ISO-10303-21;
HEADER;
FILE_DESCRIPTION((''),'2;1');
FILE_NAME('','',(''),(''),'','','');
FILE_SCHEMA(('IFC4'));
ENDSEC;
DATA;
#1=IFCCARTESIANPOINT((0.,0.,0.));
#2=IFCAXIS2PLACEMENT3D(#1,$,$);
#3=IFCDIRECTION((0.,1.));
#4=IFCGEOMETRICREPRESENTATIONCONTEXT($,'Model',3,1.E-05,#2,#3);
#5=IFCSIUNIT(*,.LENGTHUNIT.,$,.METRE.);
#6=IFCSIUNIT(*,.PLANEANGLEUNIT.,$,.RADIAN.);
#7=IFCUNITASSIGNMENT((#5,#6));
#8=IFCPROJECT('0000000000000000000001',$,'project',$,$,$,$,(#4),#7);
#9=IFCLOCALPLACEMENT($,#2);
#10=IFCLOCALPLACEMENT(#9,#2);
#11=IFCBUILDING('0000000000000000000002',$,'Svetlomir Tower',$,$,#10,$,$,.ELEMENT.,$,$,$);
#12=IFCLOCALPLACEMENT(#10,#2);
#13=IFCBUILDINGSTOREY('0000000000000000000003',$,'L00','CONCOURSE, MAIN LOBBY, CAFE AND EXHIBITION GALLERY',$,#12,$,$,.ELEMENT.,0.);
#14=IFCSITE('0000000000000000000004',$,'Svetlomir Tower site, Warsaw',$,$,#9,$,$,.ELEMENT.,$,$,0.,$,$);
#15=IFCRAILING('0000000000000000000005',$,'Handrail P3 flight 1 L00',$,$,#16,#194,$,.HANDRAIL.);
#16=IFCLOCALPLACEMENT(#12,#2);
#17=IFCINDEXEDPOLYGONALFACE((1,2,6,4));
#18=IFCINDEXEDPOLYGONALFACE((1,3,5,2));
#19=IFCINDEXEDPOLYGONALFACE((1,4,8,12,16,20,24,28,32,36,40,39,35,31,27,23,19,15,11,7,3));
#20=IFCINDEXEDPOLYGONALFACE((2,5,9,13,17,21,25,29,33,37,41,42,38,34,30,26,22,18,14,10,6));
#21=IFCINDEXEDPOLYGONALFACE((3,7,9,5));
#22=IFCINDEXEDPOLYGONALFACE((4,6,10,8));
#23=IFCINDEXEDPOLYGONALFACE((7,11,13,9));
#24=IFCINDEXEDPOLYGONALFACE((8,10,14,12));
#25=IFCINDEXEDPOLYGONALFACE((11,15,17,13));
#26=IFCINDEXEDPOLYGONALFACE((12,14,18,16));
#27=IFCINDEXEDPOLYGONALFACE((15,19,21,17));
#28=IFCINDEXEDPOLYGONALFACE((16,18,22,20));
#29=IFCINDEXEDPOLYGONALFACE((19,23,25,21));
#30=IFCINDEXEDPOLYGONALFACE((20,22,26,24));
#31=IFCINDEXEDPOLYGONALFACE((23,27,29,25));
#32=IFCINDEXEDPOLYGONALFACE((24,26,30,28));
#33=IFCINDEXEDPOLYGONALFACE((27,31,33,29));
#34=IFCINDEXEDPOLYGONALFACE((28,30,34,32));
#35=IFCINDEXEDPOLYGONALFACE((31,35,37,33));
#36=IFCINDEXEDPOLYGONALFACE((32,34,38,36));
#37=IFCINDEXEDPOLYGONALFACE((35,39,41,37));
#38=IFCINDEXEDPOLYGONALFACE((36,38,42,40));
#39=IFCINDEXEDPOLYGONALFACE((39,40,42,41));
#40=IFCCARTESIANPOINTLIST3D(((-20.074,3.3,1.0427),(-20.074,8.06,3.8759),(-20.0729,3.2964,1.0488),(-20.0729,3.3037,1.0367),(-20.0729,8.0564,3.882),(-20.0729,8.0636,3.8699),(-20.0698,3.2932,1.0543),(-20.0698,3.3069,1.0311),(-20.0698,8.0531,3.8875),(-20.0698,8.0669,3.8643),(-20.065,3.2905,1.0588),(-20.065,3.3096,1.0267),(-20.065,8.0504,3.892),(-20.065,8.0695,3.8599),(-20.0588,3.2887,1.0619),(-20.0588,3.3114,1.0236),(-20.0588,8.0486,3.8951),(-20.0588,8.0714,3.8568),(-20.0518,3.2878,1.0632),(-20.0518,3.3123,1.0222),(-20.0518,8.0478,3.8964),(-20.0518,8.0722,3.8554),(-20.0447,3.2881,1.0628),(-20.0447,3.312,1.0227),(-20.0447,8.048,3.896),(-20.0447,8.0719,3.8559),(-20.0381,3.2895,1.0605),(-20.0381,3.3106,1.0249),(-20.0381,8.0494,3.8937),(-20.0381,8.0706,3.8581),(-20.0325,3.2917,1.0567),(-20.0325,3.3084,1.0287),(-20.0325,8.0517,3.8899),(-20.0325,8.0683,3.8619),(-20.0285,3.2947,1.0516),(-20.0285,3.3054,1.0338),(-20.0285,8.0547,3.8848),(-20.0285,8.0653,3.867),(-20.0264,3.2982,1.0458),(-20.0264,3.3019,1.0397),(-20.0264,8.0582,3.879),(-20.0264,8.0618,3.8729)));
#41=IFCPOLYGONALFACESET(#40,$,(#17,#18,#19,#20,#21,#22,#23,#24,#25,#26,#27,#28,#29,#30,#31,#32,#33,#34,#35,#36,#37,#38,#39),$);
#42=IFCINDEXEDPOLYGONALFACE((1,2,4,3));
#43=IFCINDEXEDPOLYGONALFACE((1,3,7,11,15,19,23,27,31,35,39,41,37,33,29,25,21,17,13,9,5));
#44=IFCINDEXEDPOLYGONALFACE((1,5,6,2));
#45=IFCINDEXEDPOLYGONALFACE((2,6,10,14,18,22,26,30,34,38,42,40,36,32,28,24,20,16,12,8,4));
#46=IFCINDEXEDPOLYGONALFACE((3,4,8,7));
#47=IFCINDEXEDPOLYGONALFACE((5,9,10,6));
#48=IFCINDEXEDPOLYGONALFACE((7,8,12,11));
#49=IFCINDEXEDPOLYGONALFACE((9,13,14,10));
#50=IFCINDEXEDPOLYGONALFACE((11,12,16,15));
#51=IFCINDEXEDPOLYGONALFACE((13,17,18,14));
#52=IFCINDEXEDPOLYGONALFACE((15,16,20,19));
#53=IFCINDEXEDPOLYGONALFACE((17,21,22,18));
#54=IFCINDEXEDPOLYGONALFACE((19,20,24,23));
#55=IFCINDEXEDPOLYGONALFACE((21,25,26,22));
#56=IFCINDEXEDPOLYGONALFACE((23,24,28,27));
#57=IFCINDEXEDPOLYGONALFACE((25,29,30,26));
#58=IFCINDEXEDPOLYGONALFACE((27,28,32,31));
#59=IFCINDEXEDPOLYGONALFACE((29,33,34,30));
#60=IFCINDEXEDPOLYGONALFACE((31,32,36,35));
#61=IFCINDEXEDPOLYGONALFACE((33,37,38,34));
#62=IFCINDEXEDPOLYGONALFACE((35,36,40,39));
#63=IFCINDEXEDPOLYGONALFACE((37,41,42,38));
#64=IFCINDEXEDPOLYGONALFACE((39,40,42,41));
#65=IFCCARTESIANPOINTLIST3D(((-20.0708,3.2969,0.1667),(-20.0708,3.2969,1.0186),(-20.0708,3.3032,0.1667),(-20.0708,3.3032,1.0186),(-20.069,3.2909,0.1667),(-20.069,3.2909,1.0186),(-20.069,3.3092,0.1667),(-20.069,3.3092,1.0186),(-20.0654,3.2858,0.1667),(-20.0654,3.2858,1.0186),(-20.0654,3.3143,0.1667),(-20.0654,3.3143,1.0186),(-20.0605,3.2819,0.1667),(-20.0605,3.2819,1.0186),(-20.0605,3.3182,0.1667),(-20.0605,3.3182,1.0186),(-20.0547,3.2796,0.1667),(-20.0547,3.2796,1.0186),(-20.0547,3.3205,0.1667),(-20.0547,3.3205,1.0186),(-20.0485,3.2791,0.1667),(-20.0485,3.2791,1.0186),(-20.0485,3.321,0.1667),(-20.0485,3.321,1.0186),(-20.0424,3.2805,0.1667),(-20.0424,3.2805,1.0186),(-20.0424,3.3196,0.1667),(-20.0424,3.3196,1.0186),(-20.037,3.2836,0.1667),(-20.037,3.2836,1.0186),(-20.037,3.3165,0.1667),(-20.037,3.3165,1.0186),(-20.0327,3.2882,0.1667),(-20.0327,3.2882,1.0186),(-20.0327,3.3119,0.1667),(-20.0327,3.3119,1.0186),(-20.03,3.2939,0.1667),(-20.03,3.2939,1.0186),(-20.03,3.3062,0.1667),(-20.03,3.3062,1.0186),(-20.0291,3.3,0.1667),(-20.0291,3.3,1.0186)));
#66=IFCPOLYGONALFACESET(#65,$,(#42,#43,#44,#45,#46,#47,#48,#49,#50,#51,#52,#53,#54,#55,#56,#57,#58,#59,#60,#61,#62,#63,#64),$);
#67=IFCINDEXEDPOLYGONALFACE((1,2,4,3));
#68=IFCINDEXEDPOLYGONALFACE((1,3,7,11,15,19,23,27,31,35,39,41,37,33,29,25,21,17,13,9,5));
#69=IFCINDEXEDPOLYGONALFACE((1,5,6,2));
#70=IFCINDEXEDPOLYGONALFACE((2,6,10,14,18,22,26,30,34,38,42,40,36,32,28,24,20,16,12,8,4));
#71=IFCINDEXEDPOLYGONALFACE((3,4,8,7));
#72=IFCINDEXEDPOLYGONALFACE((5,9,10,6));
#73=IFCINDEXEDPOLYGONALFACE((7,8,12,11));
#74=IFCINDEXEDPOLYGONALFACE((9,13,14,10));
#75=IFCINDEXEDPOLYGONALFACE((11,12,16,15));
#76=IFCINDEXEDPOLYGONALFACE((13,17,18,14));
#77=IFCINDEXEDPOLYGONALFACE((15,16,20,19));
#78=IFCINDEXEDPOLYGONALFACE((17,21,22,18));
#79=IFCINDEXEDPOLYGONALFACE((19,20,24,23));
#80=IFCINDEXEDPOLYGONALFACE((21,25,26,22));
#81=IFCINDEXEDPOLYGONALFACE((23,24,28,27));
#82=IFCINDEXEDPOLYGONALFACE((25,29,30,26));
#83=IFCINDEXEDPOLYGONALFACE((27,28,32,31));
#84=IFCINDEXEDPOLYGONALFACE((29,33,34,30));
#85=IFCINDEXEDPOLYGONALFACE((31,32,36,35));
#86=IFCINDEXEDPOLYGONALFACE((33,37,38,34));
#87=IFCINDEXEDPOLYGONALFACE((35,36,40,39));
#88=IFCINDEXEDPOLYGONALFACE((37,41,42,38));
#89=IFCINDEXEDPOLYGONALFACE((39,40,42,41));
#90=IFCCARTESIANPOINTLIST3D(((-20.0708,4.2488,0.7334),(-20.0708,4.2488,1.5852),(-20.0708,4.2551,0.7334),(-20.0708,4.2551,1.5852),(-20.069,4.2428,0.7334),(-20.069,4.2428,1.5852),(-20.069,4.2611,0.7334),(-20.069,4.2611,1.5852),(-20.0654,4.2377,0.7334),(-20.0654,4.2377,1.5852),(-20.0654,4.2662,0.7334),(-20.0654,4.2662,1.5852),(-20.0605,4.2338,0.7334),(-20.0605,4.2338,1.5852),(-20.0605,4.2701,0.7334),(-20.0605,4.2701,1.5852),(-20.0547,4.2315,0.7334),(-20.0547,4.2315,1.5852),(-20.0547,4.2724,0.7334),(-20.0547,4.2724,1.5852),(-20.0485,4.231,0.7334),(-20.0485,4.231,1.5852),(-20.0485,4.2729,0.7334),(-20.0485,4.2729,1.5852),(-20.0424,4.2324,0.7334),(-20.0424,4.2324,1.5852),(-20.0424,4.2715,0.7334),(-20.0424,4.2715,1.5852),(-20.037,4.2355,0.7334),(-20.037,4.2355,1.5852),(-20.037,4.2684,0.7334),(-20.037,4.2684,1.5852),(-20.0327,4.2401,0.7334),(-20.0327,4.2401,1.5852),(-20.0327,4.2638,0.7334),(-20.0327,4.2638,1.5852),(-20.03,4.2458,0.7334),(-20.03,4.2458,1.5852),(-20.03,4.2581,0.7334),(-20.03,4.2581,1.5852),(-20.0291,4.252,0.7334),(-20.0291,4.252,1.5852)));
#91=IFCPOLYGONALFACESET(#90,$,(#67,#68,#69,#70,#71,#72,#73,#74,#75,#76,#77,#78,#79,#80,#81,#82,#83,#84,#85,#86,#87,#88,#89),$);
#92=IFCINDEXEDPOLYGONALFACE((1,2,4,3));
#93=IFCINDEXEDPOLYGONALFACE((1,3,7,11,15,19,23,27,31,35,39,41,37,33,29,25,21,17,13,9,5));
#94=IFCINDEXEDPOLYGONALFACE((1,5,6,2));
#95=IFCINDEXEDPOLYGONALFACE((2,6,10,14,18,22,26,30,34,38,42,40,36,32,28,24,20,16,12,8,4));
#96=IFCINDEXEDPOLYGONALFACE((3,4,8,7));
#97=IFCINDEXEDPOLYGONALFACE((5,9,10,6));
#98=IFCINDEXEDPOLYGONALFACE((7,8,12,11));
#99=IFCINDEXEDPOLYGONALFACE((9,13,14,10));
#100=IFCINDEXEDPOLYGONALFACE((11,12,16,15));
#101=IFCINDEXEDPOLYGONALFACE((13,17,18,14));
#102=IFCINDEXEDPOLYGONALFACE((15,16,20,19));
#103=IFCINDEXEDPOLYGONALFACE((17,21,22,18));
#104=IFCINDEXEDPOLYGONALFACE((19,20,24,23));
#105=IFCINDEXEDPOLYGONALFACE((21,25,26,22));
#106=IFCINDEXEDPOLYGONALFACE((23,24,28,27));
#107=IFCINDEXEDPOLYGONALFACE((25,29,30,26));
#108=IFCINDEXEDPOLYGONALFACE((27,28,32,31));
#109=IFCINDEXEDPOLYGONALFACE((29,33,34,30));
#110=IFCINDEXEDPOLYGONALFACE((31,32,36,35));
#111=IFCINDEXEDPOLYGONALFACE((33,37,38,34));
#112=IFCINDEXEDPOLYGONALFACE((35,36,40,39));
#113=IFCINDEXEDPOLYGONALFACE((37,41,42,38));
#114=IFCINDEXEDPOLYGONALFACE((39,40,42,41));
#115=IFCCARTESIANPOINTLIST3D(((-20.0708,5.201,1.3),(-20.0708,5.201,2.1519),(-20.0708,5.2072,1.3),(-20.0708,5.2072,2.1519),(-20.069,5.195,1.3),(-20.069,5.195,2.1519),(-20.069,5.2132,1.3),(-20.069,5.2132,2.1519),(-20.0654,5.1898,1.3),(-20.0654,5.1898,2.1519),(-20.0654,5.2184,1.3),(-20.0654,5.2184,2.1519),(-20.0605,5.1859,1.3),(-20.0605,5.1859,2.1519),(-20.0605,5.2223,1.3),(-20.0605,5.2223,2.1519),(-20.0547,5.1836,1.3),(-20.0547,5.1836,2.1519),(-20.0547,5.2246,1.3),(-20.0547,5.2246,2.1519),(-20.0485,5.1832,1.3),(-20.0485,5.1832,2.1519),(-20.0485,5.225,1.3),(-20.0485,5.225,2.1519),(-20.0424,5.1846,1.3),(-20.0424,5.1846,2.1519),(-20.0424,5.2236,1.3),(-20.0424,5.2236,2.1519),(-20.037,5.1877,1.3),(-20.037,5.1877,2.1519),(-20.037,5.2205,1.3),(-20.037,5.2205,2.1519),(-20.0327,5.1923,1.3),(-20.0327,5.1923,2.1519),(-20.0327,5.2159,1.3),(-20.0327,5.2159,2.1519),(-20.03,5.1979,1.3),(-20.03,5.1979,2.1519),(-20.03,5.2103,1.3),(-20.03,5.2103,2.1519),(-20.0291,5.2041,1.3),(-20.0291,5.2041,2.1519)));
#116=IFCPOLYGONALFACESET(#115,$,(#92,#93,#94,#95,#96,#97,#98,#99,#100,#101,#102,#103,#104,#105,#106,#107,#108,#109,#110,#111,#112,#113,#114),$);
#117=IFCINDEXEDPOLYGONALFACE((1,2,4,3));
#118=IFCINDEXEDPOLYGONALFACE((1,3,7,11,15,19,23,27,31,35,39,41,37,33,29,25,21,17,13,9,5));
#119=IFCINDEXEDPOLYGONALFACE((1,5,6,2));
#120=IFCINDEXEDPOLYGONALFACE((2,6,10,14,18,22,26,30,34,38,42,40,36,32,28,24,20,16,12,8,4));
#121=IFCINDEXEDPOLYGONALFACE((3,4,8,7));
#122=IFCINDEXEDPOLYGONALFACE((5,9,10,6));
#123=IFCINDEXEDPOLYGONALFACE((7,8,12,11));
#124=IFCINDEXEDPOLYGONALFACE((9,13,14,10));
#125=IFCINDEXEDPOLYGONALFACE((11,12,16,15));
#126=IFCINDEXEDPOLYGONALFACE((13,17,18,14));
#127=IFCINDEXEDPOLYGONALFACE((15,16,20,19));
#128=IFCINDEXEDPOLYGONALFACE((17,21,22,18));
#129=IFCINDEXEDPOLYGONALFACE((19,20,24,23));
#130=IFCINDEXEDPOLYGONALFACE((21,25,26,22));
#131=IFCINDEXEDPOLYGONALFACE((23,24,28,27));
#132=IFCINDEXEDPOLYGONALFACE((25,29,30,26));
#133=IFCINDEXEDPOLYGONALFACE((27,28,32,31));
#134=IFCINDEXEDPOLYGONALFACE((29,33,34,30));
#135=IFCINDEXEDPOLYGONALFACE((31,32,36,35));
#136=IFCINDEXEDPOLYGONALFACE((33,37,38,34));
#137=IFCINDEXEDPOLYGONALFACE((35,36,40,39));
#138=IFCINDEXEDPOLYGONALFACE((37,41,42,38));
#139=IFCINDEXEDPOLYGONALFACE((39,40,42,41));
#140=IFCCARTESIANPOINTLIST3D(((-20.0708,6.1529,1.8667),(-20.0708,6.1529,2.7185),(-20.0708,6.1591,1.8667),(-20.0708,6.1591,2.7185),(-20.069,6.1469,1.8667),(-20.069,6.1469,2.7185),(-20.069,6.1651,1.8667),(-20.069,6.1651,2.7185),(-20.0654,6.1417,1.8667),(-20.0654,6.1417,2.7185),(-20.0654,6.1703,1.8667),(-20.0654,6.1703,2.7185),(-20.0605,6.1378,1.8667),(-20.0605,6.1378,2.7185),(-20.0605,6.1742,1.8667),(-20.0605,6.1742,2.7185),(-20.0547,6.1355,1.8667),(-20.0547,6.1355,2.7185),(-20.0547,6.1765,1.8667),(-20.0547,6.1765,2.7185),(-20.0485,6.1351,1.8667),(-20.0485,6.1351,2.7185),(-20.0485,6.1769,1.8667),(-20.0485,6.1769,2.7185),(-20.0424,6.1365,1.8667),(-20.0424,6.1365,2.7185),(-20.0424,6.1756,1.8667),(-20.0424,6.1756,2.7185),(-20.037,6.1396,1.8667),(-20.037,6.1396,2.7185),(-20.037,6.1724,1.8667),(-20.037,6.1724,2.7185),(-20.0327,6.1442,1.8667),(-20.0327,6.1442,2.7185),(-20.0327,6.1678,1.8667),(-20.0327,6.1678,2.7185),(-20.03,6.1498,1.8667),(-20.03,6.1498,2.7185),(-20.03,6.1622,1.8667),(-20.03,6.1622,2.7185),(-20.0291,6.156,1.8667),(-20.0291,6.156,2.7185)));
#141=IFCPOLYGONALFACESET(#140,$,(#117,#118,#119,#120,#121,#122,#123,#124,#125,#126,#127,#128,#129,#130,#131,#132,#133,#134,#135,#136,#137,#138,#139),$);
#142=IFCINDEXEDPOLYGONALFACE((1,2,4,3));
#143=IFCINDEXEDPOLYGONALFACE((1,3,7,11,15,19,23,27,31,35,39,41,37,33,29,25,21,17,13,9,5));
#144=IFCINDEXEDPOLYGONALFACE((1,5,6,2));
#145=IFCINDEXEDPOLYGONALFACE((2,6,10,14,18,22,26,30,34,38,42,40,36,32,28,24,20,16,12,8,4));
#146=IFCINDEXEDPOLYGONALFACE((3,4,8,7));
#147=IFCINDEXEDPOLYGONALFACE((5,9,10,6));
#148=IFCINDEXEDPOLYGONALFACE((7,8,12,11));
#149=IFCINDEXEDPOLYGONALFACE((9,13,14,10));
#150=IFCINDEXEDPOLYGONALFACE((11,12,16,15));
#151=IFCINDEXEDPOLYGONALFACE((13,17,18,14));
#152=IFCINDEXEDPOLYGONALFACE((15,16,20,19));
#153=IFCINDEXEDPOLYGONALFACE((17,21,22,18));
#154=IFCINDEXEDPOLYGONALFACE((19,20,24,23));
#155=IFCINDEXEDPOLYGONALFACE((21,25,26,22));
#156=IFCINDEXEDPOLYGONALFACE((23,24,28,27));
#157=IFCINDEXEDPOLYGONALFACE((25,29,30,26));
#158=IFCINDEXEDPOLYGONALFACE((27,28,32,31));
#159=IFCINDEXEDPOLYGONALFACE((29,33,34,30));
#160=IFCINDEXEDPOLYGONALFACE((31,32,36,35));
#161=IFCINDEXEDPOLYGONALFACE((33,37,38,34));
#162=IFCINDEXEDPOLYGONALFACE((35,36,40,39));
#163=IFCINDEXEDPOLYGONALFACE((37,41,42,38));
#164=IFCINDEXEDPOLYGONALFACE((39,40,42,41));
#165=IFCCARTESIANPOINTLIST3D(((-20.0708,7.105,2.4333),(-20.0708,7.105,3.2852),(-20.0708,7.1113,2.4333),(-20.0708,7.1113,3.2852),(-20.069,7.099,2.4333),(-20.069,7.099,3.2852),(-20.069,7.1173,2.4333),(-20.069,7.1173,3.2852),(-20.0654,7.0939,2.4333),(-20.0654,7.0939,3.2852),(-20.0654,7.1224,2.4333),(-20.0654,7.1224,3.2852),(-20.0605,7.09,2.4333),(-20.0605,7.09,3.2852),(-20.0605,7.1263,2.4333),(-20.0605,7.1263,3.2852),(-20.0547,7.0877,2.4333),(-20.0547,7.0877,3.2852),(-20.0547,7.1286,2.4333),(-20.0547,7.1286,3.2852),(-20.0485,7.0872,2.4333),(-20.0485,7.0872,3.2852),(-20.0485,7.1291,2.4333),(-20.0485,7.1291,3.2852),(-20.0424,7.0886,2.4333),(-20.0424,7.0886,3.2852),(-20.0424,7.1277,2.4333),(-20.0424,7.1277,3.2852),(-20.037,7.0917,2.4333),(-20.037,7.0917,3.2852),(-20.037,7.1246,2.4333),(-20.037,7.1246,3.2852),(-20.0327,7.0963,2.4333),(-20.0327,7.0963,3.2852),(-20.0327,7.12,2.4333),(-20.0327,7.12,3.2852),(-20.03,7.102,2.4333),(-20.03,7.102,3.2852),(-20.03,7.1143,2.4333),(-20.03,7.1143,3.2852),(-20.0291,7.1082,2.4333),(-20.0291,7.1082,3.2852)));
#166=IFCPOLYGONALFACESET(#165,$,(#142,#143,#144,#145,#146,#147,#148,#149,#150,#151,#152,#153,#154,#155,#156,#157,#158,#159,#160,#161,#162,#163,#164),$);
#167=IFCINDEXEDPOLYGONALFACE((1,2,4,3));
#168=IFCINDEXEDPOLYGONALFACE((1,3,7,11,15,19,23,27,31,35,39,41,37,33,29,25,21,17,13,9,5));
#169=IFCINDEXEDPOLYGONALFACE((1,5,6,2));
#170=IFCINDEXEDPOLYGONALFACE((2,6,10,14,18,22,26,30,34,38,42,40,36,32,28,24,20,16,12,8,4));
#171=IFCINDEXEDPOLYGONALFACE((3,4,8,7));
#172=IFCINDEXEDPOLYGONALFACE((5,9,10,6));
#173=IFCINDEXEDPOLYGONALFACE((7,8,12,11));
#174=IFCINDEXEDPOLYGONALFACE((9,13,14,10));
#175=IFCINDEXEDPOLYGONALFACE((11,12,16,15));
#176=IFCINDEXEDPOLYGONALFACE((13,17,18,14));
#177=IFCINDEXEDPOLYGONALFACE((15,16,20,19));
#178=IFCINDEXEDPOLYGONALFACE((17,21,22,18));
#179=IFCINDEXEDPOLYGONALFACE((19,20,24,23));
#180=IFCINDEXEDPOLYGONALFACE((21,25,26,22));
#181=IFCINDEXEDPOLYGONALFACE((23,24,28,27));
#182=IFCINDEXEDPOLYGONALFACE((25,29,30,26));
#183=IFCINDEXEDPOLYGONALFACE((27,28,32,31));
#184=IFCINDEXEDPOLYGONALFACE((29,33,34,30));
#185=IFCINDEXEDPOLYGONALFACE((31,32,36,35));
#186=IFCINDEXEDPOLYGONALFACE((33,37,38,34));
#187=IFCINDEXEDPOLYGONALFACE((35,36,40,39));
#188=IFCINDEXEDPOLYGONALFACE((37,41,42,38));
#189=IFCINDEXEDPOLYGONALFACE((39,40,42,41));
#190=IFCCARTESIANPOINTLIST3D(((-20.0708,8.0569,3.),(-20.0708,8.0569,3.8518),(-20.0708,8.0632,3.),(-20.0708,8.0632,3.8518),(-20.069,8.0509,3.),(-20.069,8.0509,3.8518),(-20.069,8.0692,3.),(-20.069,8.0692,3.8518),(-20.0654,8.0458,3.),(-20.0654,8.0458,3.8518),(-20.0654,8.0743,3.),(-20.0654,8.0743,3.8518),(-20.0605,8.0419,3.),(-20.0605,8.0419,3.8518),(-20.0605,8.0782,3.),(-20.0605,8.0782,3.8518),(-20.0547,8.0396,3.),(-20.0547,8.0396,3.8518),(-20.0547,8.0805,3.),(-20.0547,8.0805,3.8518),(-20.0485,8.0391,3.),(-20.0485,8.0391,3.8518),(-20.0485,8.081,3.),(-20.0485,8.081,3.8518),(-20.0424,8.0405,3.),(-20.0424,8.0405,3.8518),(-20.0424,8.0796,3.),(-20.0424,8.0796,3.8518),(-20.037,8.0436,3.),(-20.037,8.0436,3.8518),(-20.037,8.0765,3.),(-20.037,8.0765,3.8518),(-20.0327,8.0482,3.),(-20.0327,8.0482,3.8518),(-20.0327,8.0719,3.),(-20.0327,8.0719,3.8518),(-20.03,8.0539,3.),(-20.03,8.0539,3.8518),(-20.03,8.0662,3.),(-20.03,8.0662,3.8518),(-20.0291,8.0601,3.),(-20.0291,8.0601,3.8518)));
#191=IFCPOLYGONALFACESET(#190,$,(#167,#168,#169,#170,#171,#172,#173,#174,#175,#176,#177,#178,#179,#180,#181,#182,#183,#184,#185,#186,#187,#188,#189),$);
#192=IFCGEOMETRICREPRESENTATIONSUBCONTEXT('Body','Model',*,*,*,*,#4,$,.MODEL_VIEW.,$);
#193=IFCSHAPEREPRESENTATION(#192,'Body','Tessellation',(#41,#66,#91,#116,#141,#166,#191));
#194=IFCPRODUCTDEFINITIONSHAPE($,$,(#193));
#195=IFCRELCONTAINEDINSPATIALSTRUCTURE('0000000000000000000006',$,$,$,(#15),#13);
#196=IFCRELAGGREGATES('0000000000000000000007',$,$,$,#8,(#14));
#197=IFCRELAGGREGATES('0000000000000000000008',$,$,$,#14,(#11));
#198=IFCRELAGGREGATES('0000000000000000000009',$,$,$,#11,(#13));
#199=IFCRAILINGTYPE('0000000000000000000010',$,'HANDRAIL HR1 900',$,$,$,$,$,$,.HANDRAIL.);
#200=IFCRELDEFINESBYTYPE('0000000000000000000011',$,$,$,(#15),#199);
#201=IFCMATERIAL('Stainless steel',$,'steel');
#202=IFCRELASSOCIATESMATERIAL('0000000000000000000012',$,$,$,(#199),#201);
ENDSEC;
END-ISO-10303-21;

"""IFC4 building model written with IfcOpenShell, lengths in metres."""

from ifc_helpers import new_model, si_unit, direction, frame, origin, origin_2d, place, context, subcontext, project, spatial, circle, extrude, material, type_object, element, save


model = new_model("IFC4")

# Units and contexts
model_context = context("Model", 3, precision=1e-05, world=origin(), true_north=direction((0.0, 1.0)))
body_context = subcontext(model_context, "Body", "Model", "MODEL_VIEW")
ifc_project = project(units=[si_unit("LENGTHUNIT", "METRE"), si_unit("PLANEANGLEUNIT", "RADIAN")], contexts=[model_context])

# Site, building, storey
site_placement = place(None, origin())
site = spatial("IfcSite", under=ifc_project, at=site_placement, Name="Svetlomir Tower site, Warsaw", CompositionType="ELEMENT", RefElevation=0.0)
building_placement = place(site_placement, origin())
building = spatial("IfcBuilding", under=site, at=building_placement, Name="Svetlomir Tower", CompositionType="ELEMENT")
storey_placement = place(building_placement, origin())
storey = spatial("IfcBuildingStorey", under=building, at=storey_placement, Name="L00", Description="CONCOURSE, MAIN LOBBY, CAFE AND EXHIBITION GALLERY", CompositionType="ELEMENT", Elevation=0.0)

# Railing
ifc_material_1 = material(Name="Stainless steel", Category="steel")
railing_type = type_object("IfcRailingType", Name="HANDRAIL HR1 900", PredefinedType="HANDRAIL", material=ifc_material_1)
railing_placement = place(storey_placement, frame((-20.05, 3.3, 0.1667)))
element("IfcRailing", 1, at=railing_placement, inside=storey, type_object=railing_type, Name="Handrail P3 flight 1 L00", PredefinedType="HANDRAIL", context=body_context, shape_type="SweptSolid", body=[
    extrude(circle(Radius=0.0239, at=origin_2d()), frame((0.0, 0.0, 0.876), z_axis=(0.0, 0.8593, 0.511472), x_axis=(-1.0, 0.0, 0.0)), (0.0, 0.0, 1.0), 5.5393),
    extrude(circle(Radius=0.021, at=origin_2d()), origin(), (0.0, 0.0, 1.0), 0.8518),
    extrude(circle(Radius=0.021, at=origin_2d()), frame((0.0, 0.9519, 0.5667)), (0.0, 0.0, 1.0), 0.8518),
    extrude(circle(Radius=0.021, at=origin_2d()), frame((0.0, 1.9041, 1.1333)), (0.0, 0.0, 1.0), 0.8518),
    extrude(circle(Radius=0.021, at=origin_2d()), frame((0.0, 2.856, 1.7)), (0.0, 0.0, 1.0), 0.8518),
    extrude(circle(Radius=0.021, at=origin_2d()), frame((0.0, 3.8081, 2.2666)), (0.0, 0.0, 1.0), 0.8518),
    extrude(circle(Radius=0.021, at=origin_2d()), frame((0.0, 4.76, 2.8333)), (0.0, 0.0, 1.0), 0.8518),
])

save(model, "model.ifc")
